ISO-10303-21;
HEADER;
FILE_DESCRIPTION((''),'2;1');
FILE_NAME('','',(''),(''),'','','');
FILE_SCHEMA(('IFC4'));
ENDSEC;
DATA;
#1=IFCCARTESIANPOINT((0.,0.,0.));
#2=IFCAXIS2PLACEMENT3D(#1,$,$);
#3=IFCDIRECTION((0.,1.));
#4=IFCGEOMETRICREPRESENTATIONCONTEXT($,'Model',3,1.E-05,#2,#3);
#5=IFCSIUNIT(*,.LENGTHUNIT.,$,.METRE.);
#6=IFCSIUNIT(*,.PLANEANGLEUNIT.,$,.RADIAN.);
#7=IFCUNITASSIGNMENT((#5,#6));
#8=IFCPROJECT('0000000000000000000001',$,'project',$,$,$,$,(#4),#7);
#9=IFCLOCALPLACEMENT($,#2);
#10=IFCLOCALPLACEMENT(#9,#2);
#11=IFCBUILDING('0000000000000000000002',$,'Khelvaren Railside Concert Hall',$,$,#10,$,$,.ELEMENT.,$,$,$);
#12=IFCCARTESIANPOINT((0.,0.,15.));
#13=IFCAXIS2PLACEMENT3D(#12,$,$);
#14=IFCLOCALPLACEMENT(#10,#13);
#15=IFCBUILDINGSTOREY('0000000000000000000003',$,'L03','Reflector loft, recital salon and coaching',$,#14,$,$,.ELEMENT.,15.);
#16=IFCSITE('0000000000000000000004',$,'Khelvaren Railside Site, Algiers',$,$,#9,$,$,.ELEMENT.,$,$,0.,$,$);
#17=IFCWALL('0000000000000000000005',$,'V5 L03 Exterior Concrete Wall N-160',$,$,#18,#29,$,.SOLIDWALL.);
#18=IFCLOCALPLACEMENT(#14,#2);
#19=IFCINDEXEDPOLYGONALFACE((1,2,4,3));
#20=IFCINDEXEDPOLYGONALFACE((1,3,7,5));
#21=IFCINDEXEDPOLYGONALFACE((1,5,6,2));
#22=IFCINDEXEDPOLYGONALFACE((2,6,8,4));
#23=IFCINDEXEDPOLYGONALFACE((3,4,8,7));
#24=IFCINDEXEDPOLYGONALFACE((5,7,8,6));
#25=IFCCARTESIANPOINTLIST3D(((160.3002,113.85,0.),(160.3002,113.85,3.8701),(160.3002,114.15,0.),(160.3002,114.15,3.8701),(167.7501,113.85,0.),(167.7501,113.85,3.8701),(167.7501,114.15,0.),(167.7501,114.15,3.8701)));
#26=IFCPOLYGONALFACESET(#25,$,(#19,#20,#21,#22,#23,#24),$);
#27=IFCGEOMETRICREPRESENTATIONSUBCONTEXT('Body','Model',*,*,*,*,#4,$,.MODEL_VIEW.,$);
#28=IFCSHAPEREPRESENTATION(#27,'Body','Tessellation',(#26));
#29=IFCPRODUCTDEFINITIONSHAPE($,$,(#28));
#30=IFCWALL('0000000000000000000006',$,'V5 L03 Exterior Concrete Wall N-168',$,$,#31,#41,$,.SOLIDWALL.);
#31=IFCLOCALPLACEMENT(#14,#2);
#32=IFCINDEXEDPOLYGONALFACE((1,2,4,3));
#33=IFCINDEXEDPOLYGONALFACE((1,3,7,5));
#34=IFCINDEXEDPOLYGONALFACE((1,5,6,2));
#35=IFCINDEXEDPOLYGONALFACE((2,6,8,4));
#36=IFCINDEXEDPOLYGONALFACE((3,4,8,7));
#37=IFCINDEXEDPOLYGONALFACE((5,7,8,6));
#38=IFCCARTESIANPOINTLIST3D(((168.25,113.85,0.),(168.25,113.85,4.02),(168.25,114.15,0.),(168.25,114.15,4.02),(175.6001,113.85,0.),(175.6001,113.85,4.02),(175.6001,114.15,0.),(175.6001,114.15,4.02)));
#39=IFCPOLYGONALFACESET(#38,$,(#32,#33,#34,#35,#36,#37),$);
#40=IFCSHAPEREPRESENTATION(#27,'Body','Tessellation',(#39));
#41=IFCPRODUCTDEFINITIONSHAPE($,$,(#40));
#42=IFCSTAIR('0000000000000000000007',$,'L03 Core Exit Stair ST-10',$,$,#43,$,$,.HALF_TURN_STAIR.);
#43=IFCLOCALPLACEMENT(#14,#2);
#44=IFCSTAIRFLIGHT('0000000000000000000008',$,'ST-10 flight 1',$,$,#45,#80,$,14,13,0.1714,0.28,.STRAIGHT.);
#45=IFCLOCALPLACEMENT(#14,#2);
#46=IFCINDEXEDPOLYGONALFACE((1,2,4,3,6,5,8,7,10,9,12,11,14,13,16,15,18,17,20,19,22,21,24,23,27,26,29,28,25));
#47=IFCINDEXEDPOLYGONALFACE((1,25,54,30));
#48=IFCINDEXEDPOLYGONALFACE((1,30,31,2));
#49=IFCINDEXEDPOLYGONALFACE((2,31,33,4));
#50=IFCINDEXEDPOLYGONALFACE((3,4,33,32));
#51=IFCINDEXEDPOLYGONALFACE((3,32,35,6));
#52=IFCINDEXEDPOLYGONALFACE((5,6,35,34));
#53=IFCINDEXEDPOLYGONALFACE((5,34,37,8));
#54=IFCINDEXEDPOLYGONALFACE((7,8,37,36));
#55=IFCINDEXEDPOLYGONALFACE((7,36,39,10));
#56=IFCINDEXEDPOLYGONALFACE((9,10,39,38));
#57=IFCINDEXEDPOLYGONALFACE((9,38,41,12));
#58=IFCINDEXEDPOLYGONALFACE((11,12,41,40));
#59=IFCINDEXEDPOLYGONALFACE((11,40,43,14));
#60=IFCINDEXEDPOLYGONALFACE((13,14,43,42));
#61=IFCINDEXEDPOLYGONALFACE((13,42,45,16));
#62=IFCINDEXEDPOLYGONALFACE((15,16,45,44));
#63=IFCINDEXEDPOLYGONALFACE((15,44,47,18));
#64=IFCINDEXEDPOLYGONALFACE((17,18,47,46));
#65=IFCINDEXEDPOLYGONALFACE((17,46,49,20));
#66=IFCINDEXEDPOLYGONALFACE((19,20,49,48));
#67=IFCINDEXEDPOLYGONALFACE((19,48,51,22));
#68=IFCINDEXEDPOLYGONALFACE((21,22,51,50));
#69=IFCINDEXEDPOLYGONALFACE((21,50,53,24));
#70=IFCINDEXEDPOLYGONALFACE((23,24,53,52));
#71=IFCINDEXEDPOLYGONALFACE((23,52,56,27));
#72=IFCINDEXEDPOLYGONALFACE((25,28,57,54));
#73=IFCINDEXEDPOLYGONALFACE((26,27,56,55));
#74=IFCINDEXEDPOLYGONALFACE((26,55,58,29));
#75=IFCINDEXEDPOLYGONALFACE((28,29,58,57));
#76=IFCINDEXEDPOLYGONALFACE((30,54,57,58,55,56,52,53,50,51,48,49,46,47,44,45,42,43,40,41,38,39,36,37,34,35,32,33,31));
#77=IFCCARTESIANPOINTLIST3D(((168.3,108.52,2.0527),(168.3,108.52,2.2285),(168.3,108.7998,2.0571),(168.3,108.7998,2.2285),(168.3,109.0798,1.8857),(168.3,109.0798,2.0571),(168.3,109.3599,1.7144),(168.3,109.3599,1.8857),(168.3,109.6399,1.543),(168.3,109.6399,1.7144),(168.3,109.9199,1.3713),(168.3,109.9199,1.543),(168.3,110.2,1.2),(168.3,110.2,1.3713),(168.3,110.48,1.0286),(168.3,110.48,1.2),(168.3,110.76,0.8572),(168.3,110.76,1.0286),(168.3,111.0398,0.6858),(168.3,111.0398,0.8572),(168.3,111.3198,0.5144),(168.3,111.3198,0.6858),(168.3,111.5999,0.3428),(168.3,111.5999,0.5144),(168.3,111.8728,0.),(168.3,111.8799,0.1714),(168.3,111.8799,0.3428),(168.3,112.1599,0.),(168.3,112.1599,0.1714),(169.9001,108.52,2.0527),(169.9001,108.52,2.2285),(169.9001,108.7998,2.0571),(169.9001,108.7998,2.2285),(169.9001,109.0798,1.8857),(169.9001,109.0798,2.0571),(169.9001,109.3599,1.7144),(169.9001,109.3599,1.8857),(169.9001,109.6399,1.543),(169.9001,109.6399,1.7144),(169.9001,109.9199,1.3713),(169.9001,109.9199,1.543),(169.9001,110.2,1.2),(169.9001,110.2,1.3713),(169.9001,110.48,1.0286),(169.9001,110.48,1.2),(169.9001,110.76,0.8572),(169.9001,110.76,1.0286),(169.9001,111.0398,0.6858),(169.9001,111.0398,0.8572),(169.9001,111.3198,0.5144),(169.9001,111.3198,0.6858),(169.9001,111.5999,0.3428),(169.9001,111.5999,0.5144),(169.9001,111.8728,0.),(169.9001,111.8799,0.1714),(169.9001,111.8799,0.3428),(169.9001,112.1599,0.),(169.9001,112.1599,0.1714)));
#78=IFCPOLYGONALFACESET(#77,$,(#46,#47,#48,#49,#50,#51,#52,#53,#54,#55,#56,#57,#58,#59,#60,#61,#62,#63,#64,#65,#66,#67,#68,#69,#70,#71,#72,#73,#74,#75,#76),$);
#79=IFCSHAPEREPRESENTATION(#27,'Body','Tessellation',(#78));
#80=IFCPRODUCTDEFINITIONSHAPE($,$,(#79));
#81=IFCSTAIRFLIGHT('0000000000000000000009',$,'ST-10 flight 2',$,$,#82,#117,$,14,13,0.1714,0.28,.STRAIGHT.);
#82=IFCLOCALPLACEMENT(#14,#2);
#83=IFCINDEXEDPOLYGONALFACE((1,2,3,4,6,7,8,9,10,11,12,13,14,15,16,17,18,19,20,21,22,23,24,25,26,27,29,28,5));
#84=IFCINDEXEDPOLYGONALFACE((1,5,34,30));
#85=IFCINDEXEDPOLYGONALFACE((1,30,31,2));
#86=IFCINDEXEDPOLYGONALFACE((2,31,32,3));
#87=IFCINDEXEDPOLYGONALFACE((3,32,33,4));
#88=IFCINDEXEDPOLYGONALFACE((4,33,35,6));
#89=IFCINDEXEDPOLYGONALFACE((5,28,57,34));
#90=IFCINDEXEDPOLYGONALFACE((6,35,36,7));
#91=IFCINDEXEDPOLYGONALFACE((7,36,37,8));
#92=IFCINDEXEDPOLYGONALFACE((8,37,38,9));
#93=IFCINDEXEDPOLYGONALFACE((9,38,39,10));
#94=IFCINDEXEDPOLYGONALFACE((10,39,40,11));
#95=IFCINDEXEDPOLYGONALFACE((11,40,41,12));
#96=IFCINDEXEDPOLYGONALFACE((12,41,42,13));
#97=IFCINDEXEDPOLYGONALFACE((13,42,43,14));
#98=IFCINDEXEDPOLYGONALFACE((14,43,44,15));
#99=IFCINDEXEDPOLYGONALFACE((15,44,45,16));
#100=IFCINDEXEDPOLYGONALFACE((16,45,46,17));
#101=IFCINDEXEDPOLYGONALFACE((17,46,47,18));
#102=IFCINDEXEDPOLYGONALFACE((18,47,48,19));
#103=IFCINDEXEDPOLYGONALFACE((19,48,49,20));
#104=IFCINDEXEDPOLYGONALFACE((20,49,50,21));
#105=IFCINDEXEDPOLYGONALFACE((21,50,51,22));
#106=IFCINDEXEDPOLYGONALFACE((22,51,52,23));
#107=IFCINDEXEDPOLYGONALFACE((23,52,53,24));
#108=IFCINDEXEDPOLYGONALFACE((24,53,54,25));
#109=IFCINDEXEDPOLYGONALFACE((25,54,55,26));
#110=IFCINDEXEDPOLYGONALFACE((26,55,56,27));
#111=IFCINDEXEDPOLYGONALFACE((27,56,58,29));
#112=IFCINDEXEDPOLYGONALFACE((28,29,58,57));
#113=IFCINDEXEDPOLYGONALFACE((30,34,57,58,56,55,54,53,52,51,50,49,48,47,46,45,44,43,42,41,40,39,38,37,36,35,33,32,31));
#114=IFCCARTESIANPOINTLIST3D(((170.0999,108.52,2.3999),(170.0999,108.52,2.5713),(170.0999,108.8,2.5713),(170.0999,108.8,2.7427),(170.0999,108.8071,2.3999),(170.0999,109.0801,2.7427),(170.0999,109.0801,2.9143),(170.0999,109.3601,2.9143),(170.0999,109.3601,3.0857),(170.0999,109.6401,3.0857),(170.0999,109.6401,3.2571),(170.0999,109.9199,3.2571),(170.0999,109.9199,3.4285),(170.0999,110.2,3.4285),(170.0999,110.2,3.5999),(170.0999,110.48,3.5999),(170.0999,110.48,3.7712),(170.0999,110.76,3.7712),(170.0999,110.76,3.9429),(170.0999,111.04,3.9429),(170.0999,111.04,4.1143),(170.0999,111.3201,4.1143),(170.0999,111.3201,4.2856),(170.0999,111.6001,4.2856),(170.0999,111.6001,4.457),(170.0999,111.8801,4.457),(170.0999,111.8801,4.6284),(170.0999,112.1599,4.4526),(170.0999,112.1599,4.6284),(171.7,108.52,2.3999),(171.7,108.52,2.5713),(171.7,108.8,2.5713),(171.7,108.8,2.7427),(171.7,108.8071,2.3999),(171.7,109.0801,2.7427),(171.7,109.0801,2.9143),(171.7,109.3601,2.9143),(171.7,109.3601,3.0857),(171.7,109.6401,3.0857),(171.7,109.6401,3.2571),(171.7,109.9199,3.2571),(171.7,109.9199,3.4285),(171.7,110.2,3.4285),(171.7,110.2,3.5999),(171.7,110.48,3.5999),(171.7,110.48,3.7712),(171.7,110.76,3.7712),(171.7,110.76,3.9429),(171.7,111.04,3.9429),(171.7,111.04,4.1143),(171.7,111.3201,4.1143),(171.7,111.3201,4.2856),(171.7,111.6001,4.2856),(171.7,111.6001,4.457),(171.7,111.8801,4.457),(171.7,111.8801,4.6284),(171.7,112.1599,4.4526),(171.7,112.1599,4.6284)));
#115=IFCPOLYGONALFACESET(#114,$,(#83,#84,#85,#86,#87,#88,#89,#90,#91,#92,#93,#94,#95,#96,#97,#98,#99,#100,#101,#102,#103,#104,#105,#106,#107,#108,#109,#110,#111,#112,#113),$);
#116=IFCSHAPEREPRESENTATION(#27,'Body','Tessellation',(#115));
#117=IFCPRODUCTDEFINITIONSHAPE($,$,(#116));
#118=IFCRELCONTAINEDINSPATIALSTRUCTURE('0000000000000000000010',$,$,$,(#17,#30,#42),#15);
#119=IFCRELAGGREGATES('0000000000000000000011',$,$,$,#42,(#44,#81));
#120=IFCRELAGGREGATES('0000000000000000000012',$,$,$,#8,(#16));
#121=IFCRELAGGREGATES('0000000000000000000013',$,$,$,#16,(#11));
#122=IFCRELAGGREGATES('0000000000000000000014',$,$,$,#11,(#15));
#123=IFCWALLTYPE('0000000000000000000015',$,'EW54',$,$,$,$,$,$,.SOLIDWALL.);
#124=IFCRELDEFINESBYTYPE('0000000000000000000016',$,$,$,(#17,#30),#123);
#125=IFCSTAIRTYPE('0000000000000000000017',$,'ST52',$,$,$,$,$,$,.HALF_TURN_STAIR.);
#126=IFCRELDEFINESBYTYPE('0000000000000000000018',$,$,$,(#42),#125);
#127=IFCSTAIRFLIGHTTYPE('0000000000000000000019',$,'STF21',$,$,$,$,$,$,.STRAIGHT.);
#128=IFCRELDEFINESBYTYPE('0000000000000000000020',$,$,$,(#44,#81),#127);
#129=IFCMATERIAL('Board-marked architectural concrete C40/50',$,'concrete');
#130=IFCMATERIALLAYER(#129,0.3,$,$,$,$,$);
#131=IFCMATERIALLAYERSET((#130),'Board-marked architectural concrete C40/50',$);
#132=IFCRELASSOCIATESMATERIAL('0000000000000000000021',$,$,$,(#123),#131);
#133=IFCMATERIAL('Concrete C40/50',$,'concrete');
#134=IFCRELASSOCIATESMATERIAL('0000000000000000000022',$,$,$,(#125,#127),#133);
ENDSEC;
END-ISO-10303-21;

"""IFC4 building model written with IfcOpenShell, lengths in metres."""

from ifc_helpers import new_model, si_unit, direction, frame, frame_2d, origin, place, context, subcontext, project, spatial, polyline, rectangle, outline, extrude, material, layer, layer_set, type_object, element, aggregate, save


model = new_model("IFC4")

# Units and contexts
model_context = context("Model", 3, precision=1e-05, world=origin(), true_north=direction((0.0, 1.0)))
body_context = subcontext(model_context, "Body", "Model", "MODEL_VIEW")
ifc_project = project(units=[si_unit("LENGTHUNIT", "METRE"), si_unit("PLANEANGLEUNIT", "RADIAN")], contexts=[model_context])

# Site, building, storey
site_placement = place(None, origin())
site = spatial("IfcSite", under=ifc_project, at=site_placement, Name="Khelvaren Railside Site, Algiers", CompositionType="ELEMENT", RefElevation=0.0)
building_placement = place(site_placement, origin())
building = spatial("IfcBuilding", under=site, at=building_placement, Name="Khelvaren Railside Concert Hall", CompositionType="ELEMENT")
storey_placement = place(building_placement, frame((0.0, 0.0, 15.0)))
storey = spatial("IfcBuildingStorey", under=building, at=storey_placement, Name="L03", Description="Reflector loft, recital salon and coaching", CompositionType="ELEMENT", Elevation=15.0)

# Walls
ifc_material_1 = material(Name="Board-marked architectural concrete C40/50", Category="concrete")
ifc_layer_1 = layer(ifc_material_1, 0.3)
ifc_layer_set_1 = layer_set([ifc_layer_1], Name="Board-marked architectural concrete C40/50")
wall_type = type_object("IfcWallType", Name="EW54", PredefinedType="SOLIDWALL", material=ifc_layer_set_1)
wall_1_placement = place(storey_placement, frame((160.3, 114.0, 0.0), z_axis=(0.0, 0.0, 1.0), x_axis=(1.0, 0.0, 0.0)))
element("IfcWall", 1, at=wall_1_placement, inside=storey, type_object=wall_type, Name="V5 L03 Exterior Concrete Wall N-160", PredefinedType="SOLIDWALL", context=body_context, shape_type="SweptSolid", body=[
    extrude(rectangle(XDim=7.45, YDim=0.3, at=frame_2d((3.7251, 0.0))), origin(), (0.0, 0.0, 1.0), 3.8701),
])
wall_2_placement = place(storey_placement, frame((168.25, 114.0, 0.0), z_axis=(0.0, 0.0, 1.0), x_axis=(1.0, 0.0, 0.0)))
element("IfcWall", 2, at=wall_2_placement, inside=storey, type_object=wall_type, Name="V5 L03 Exterior Concrete Wall N-168", PredefinedType="SOLIDWALL", context=body_context, shape_type="SweptSolid", body=[
    extrude(rectangle(XDim=7.3501, YDim=0.3, at=frame_2d((3.675, 0.0))), origin(), (0.0, 0.0, 1.0), 4.02),
])

# Stair, stair flights
ifc_material_2 = material(Name="Concrete C40/50", Category="concrete")
stair_type = type_object("IfcStairType", Name="ST52", PredefinedType="HALF_TURN_STAIR", material=ifc_material_2)
stair_placement = place(storey_placement, origin())
stair = element("IfcStair", 3, at=stair_placement, inside=storey, type_object=stair_type, Name="L03 Core Exit Stair ST-10", PredefinedType="HALF_TURN_STAIR")
stair_flight_type = type_object("IfcStairFlightType", Name="STF21", PredefinedType="STRAIGHT", material=ifc_material_2)
stair_flight_1_placement = place(storey_placement, frame((169.1001, 112.1599, 0.0), z_axis=(0.0, 0.0, 1.0), x_axis=(0.0, -1.0, 0.0)))
stair_flight_1 = element("IfcStairFlight", 4, at=stair_flight_1_placement, type_object=stair_flight_type, Name="ST-10 flight 1", NumberOfRisers=14, NumberOfTreads=13, PredefinedType="STRAIGHT", RiserHeight=0.1714, TreadLength=0.28, context=body_context, shape_type="SweptSolid", body=[
    extrude(outline(polyline([(0.0, 0.0), (0.0, 0.1714), (0.28, 0.1714), (0.28, 0.3428), (0.5601, 0.3428), (0.5601, 0.5144), (0.8401, 0.5144), (0.8401, 0.6858), (1.1201, 0.6858), (1.1201, 0.8572), (1.3999, 0.8572), (1.3999, 1.0286), (1.6799, 1.0286), (1.6799, 1.2), (1.96, 1.2), (1.96, 1.3713), (2.24, 1.3713), (2.24, 1.543), (2.52, 1.543), (2.52, 1.7144), (2.8, 1.7144), (2.8, 1.8857), (3.0801, 1.8857), (3.0801, 2.0571), (3.3601, 2.0571), (3.3601, 2.2285), (3.6399, 2.2285), (3.6399, 2.3999), (3.6399, 2.0527), (0.2871, 0.0), (0.0, 0.0)])), frame((0.0, 0.8, 0.0), z_axis=(0.0, -1.0, 0.0), x_axis=(1.0, 0.0, 0.0)), (0.0, 0.0, 1.0), 1.6001),
])
stair_flight_2_placement = place(storey_placement, frame((170.8999, 108.52, 2.3999), z_axis=(0.0, 0.0, 1.0), x_axis=(0.0, 1.0, 0.0)))
stair_flight_2 = element("IfcStairFlight", 5, at=stair_flight_2_placement, type_object=stair_flight_type, Name="ST-10 flight 2", NumberOfRisers=14, NumberOfTreads=13, PredefinedType="STRAIGHT", RiserHeight=0.1714, TreadLength=0.28, context=body_context, shape_type="SweptSolid", body=[
    extrude(outline(polyline([(0.0, 0.0), (0.0, 0.1714), (0.28, 0.1714), (0.28, 0.3428), (0.5601, 0.3428), (0.5601, 0.5144), (0.8401, 0.5144), (0.8401, 0.6858), (1.1201, 0.6858), (1.1201, 0.8572), (1.3999, 0.8572), (1.3999, 1.0286), (1.6799, 1.0286), (1.6799, 1.2), (1.96, 1.2), (1.96, 1.3713), (2.24, 1.3713), (2.24, 1.543), (2.52, 1.543), (2.52, 1.7144), (2.8, 1.7144), (2.8, 1.8857), (3.0801, 1.8857), (3.0801, 2.0571), (3.3601, 2.0571), (3.3601, 2.2285), (3.6399, 2.2285), (3.6399, 2.3999), (3.6399, 2.0527), (0.2871, 0.0), (0.0, 0.0)])), frame((0.0, 0.8, 0.0), z_axis=(0.0, -1.0, 0.0), x_axis=(1.0, 0.0, 0.0)), (0.0, 0.0, 1.0), 1.6001),
])
aggregate(stair, [stair_flight_1, stair_flight_2])

save(model, "model.ifc")
